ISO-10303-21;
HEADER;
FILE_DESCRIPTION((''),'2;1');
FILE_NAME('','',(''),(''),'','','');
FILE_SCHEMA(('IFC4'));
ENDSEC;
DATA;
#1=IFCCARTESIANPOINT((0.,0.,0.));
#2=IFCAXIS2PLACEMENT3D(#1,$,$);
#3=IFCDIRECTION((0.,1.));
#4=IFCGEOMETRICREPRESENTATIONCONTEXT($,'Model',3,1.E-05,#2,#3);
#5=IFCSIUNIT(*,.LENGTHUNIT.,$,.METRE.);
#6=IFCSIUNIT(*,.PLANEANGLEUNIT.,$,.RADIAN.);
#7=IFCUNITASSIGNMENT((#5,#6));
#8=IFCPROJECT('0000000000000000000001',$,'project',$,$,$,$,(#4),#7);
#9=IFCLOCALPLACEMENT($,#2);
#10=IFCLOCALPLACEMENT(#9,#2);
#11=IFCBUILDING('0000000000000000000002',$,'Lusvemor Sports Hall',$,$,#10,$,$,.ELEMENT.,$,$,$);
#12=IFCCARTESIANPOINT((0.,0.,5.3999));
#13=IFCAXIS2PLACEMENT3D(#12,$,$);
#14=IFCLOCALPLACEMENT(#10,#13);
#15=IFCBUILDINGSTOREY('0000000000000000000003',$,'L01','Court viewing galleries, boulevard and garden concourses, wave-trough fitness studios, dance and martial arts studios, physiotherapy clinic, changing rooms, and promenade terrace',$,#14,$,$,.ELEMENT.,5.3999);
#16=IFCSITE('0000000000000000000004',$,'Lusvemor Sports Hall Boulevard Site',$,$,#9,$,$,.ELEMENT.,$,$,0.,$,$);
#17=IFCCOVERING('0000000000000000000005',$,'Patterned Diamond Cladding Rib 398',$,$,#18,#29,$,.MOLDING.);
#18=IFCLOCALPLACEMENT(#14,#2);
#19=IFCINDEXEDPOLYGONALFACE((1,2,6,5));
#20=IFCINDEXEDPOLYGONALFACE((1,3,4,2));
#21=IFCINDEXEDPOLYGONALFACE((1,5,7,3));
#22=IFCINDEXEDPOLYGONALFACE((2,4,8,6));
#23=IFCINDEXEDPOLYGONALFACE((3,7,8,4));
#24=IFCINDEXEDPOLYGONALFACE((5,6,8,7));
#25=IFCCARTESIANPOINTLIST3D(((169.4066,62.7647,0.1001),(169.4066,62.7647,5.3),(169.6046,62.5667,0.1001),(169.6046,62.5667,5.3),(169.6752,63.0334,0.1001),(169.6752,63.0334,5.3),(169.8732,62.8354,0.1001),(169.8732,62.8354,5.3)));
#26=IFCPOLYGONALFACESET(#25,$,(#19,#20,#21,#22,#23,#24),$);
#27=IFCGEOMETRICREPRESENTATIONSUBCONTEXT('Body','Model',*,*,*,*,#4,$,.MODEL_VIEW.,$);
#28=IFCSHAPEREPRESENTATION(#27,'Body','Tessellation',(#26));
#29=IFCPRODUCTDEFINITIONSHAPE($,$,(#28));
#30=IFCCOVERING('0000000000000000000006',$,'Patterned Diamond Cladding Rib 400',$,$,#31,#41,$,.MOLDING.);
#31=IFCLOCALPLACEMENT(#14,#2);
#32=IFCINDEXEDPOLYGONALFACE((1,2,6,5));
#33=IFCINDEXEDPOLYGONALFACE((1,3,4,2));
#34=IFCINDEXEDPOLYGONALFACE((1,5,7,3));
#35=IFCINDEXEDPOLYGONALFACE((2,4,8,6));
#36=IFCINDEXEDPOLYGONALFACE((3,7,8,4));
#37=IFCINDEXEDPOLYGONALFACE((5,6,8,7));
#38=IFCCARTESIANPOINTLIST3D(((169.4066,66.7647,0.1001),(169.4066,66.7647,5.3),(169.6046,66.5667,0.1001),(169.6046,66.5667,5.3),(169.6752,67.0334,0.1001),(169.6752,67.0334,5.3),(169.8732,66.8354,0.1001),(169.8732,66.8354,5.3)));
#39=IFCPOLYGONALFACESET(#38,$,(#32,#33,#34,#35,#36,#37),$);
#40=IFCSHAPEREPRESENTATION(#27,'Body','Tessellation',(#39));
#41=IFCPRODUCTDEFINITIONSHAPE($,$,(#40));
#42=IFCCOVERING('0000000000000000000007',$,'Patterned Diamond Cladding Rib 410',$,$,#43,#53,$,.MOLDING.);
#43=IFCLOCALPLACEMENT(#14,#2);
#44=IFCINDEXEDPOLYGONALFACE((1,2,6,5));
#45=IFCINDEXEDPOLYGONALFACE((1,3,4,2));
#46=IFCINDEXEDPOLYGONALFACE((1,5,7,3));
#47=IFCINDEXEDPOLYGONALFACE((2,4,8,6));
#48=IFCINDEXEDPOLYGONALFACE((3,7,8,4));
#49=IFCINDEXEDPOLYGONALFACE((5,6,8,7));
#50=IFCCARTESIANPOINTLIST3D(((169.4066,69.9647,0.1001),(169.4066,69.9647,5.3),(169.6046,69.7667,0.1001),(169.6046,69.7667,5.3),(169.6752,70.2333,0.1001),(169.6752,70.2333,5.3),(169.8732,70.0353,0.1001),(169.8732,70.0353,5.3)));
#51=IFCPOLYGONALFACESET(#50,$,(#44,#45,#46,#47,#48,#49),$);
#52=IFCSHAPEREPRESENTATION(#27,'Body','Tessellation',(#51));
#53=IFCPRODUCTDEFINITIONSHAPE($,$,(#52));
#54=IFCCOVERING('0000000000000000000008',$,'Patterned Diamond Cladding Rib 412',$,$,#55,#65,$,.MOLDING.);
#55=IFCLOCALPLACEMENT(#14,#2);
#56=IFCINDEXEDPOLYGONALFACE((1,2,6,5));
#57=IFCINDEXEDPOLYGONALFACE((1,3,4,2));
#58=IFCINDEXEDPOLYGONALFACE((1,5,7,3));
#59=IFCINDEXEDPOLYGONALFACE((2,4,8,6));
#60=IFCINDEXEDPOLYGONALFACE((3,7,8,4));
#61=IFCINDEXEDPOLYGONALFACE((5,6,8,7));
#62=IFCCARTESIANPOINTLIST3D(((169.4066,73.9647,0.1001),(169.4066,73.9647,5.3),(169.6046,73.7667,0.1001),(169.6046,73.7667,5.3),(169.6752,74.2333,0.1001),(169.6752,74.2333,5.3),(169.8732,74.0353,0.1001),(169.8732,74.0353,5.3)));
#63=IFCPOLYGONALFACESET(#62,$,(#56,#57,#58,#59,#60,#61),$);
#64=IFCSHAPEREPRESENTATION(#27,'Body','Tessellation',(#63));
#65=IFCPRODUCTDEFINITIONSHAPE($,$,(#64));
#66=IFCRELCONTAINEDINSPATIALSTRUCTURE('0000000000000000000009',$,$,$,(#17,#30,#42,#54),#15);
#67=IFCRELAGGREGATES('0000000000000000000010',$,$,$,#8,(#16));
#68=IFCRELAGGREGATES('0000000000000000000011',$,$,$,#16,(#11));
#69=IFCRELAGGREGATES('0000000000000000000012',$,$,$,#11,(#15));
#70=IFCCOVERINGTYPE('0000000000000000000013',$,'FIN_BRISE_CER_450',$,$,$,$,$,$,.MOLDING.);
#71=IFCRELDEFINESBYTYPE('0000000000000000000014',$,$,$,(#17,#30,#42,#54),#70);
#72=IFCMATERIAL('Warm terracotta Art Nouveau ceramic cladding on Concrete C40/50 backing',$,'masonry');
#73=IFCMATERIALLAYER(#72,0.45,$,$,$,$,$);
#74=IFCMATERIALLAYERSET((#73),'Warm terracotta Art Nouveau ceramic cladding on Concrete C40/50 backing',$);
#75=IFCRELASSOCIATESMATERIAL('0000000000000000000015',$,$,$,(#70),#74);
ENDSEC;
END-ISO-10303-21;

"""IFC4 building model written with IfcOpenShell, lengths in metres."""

from ifc_helpers import new_model, si_unit, direction, frame, origin, origin_2d, place, context, subcontext, project, spatial, rectangle, extrude, material, layer, layer_set, type_object, element, save


model = new_model("IFC4")

# Units and contexts
model_context = context("Model", 3, precision=1e-05, world=origin(), true_north=direction((0.0, 1.0)))
body_context = subcontext(model_context, "Body", "Model", "MODEL_VIEW")
ifc_project = project(units=[si_unit("LENGTHUNIT", "METRE"), si_unit("PLANEANGLEUNIT", "RADIAN")], contexts=[model_context])

# Site, building, storey
site_placement = place(None, origin())
site = spatial("IfcSite", under=ifc_project, at=site_placement, Name="Lusvemor Sports Hall Boulevard Site", CompositionType="ELEMENT", RefElevation=0.0)
building_placement = place(site_placement, origin())
building = spatial("IfcBuilding", under=site, at=building_placement, Name="Lusvemor Sports Hall", CompositionType="ELEMENT")
storey_placement = place(building_placement, frame((0.0, 0.0, 5.3999)))
storey = spatial("IfcBuildingStorey", under=building, at=storey_placement, Name="L01", Description="Court viewing galleries, boulevard and garden concourses, wave-trough fitness studios, dance and martial arts studios, physiotherapy clinic, changing rooms, and promenade terrace", CompositionType="ELEMENT", Elevation=5.3999)

# Coverings
ifc_material_1 = material(Name="Warm terracotta Art Nouveau ceramic cladding on Concrete C40/50 backing", Category="masonry")
ifc_layer_1 = layer(ifc_material_1, 0.45)
ifc_layer_set_1 = layer_set([ifc_layer_1], Name="Warm terracotta Art Nouveau ceramic cladding on Concrete C40/50 backing")
covering_type_1 = type_object("IfcCoveringType", Name="FIN_BRISE_CER_450", PredefinedType="MOLDING", material=ifc_layer_set_1)
for number, where, z_axis, x_axis, name in (
    (1, (169.6399, 62.8, 0.1001), (0.0, 0.0, 1.0), (0.707107, 0.707107, 0.0), "Patterned Diamond Cladding Rib 398"),
    (2, (169.6399, 66.8, 0.1001), (0.0, 0.0, 1.0), (0.707107, 0.707107, 0.0), "Patterned Diamond Cladding Rib 400"),
    (3, (169.6399, 70.0, 0.1001), (0.0, 0.0, 1.0), (0.707107, 0.707107, 0.0), "Patterned Diamond Cladding Rib 410"),
    (4, (169.6399, 74.0, 0.1001), (0.0, 0.0, 1.0), (0.707107, 0.707107, 0.0), "Patterned Diamond Cladding Rib 412"),
):
    element("IfcCovering", number, at=place(storey_placement, frame(where, z_axis=z_axis, x_axis=x_axis)), inside=storey, type_object=covering_type_1, Name=name, PredefinedType="MOLDING", context=body_context, shape_type="SweptSolid", body=[
        extrude(rectangle(XDim=0.3799, YDim=0.28, at=origin_2d()), origin(), (0.0, 0.0, 1.0), 5.2),
    ])

save(model, "model.ifc")
